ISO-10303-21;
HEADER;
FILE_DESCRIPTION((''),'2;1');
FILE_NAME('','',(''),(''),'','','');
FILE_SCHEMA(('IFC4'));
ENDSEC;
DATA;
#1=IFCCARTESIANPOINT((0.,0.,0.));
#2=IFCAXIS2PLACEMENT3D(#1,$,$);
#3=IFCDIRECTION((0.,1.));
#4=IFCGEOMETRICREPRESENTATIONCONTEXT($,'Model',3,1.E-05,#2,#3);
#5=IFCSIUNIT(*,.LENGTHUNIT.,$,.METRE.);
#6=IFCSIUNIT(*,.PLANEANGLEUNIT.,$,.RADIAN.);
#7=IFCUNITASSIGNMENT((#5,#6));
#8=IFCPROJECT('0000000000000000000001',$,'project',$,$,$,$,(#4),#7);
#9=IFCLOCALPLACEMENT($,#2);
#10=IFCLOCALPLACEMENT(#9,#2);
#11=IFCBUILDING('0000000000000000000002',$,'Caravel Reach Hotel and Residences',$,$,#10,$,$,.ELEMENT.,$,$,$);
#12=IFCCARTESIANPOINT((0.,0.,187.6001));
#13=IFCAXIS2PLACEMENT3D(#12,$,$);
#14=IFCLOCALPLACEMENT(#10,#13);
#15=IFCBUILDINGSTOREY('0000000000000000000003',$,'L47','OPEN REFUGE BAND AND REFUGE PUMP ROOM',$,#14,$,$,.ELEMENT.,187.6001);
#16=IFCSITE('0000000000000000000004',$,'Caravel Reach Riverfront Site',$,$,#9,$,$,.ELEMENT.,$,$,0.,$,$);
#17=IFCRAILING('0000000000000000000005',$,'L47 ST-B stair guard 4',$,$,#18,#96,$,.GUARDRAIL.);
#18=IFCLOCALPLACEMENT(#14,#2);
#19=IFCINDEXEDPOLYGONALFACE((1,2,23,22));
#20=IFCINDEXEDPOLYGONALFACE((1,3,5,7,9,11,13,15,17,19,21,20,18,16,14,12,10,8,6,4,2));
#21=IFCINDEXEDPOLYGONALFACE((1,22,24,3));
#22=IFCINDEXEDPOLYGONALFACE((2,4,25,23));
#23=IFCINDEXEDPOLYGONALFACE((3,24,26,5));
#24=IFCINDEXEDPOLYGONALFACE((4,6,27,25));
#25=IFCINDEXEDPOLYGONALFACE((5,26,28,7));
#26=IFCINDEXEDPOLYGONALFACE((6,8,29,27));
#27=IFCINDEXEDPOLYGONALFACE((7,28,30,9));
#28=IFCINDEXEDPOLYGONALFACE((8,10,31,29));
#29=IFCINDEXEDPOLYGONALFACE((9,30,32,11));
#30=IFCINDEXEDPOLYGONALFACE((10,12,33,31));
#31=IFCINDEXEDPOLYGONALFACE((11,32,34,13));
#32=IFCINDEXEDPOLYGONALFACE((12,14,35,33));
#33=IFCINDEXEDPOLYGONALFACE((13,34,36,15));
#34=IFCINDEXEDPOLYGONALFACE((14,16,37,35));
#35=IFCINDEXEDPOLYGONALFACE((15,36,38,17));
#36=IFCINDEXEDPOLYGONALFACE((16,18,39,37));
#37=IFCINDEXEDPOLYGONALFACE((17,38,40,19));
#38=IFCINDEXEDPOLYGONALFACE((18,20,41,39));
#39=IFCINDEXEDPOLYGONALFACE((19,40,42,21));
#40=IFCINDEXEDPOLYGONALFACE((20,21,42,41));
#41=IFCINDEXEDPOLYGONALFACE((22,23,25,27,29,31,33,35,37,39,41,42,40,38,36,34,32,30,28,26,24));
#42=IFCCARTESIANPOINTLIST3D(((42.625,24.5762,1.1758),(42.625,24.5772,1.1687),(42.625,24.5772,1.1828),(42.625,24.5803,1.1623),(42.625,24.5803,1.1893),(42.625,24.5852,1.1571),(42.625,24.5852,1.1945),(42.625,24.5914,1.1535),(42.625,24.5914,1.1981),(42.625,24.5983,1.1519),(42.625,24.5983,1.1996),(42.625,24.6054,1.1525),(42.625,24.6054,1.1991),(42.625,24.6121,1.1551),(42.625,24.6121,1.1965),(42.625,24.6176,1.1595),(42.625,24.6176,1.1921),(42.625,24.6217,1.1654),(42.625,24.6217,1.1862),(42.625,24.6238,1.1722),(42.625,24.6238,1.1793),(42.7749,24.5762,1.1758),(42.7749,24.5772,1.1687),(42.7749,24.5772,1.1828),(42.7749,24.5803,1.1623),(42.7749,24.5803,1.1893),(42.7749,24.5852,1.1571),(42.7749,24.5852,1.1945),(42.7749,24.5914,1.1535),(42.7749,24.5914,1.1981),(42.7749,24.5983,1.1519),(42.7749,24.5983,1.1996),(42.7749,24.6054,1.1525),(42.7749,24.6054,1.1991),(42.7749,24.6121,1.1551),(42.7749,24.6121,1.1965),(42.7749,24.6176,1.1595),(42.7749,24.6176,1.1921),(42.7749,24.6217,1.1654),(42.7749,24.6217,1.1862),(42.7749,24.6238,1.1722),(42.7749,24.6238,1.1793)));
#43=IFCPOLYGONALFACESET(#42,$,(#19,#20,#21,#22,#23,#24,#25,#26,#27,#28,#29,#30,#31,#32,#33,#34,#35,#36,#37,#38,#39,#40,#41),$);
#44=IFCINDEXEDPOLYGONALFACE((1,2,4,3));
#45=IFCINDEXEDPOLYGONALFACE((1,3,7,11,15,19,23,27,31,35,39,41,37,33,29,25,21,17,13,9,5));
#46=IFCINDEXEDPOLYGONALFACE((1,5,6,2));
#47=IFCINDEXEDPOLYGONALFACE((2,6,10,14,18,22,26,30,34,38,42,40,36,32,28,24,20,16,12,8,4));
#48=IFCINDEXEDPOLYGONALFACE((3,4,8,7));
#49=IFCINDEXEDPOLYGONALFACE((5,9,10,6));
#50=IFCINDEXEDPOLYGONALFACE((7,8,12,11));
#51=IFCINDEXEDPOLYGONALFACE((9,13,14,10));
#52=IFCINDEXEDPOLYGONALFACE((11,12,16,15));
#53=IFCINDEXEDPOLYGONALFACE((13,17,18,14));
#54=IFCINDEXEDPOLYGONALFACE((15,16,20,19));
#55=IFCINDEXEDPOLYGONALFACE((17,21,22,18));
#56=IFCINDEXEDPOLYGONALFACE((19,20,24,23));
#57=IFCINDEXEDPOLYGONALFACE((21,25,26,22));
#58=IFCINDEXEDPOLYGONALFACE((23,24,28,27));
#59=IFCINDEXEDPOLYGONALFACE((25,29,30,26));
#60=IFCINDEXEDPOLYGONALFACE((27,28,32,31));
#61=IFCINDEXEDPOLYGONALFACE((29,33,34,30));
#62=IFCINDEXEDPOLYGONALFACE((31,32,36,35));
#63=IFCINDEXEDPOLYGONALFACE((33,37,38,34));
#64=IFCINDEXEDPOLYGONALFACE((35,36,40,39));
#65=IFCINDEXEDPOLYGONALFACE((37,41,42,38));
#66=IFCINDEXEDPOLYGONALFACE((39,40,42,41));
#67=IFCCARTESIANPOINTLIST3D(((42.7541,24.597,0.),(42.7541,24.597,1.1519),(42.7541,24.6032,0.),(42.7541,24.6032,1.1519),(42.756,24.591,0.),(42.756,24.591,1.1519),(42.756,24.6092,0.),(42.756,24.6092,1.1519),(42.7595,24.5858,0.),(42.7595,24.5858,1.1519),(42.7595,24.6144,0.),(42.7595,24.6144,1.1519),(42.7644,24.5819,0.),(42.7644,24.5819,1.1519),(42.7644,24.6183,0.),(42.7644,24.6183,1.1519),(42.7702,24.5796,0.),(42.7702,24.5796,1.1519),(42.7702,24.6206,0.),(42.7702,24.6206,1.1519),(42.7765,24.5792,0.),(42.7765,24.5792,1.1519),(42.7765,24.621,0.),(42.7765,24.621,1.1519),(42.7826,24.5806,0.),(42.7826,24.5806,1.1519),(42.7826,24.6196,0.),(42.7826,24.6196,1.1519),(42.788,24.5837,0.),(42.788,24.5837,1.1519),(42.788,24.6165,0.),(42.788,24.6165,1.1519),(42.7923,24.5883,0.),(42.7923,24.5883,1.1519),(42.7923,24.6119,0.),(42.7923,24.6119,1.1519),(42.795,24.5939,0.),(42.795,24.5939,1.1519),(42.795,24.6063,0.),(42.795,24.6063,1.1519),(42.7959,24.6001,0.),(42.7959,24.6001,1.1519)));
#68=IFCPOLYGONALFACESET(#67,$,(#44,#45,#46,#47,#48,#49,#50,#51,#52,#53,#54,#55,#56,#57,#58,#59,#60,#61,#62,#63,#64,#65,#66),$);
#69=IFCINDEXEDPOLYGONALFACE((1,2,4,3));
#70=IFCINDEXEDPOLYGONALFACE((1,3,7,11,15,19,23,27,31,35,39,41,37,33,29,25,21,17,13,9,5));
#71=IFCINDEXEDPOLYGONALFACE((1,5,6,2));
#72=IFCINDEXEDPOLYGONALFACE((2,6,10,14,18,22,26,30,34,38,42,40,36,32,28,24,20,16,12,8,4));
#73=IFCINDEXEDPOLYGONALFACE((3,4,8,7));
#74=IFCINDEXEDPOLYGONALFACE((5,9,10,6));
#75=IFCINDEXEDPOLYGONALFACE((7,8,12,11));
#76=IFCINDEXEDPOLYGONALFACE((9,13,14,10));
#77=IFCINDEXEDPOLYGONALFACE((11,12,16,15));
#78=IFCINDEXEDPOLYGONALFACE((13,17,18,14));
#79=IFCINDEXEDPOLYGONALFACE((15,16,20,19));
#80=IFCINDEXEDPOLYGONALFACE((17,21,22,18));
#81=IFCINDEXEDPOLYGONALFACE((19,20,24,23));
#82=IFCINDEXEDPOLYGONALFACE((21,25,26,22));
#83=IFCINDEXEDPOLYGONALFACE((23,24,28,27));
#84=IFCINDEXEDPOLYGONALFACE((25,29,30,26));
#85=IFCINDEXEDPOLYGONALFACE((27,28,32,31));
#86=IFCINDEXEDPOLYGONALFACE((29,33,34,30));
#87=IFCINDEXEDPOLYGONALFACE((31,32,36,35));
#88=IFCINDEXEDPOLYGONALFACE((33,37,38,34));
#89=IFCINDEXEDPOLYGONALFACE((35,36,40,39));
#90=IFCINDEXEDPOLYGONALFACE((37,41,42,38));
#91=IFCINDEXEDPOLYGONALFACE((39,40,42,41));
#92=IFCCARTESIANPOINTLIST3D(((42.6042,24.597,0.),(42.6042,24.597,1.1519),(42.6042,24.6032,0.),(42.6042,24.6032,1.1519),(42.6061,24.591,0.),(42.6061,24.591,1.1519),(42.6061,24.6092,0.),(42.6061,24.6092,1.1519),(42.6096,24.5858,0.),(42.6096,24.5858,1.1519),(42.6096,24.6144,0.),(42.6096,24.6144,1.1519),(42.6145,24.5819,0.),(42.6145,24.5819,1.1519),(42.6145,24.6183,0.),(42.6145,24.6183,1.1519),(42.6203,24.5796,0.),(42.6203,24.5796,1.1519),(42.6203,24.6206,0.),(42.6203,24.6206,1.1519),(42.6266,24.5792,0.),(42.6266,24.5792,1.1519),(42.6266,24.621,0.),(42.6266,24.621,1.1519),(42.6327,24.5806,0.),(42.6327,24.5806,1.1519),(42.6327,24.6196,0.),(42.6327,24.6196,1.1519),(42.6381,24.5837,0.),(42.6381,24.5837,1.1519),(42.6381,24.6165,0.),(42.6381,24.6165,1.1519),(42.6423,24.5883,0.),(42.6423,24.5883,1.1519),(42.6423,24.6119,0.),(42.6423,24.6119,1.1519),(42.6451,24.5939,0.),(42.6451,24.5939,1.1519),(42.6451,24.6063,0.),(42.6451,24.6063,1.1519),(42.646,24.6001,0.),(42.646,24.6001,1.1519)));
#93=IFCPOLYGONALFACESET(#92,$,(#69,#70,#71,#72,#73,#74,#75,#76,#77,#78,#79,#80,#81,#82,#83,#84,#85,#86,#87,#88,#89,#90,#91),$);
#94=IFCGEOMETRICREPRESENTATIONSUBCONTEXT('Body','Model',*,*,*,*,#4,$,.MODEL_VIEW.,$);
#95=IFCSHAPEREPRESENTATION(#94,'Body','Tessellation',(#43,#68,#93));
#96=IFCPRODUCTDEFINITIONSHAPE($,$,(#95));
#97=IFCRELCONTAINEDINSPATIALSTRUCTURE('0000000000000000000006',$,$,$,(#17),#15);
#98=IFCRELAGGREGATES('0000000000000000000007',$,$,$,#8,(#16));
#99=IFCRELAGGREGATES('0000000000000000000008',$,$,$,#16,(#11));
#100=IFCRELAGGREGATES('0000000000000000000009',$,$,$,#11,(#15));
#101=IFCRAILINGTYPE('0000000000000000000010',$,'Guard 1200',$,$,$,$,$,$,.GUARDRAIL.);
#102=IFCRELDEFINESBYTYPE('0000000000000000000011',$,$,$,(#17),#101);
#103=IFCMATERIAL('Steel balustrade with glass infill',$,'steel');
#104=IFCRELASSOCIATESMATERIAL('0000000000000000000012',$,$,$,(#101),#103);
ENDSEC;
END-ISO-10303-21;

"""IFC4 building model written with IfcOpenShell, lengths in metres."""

from ifc_helpers import new_model, si_unit, direction, frame, origin, origin_2d, place, context, subcontext, project, spatial, circle, extrude, material, type_object, element, save


model = new_model("IFC4")

# Units and contexts
model_context = context("Model", 3, precision=1e-05, world=origin(), true_north=direction((0.0, 1.0)))
body_context = subcontext(model_context, "Body", "Model", "MODEL_VIEW")
ifc_project = project(units=[si_unit("LENGTHUNIT", "METRE"), si_unit("PLANEANGLEUNIT", "RADIAN")], contexts=[model_context])

# Site, building, storey
site_placement = place(None, origin())
site = spatial("IfcSite", under=ifc_project, at=site_placement, Name="Caravel Reach Riverfront Site", CompositionType="ELEMENT", RefElevation=0.0)
building_placement = place(site_placement, origin())
building = spatial("IfcBuilding", under=site, at=building_placement, Name="Caravel Reach Hotel and Residences", CompositionType="ELEMENT")
storey_placement = place(building_placement, frame((0.0, 0.0, 187.6001)))
storey = spatial("IfcBuildingStorey", under=building, at=storey_placement, Name="L47", Description="OPEN REFUGE BAND AND REFUGE PUMP ROOM", CompositionType="ELEMENT", Elevation=187.6001)

# Railing
ifc_material_1 = material(Name="Steel balustrade with glass infill", Category="steel")
railing_type_1 = type_object("IfcRailingType", Name="Guard 1200", PredefinedType="GUARDRAIL", material=ifc_material_1)
railing_1_placement = place(storey_placement, frame((42.7749, 24.6001, 0.0)))
element("IfcRailing", 1, at=railing_1_placement, inside=storey, type_object=railing_type_1, Name="L47 ST-B stair guard 4", PredefinedType="GUARDRAIL", context=body_context, shape_type="SweptSolid", body=[
    extrude(circle(Radius=0.0239, at=origin_2d()), frame((0.0, 0.0, 1.1758), z_axis=(-1.0, 0.0, 0.0), x_axis=(0.0, -1.0, 0.0)), (0.0, 0.0, 1.0), 0.1499),
    extrude(circle(Radius=0.021, at=origin_2d()), origin(), (0.0, 0.0, 1.0), 1.1519),
    extrude(circle(Radius=0.021, at=origin_2d()), frame((-0.1499, 0.0, 0.0)), (0.0, 0.0, 1.0), 1.1519),
])

save(model, "model.ifc")
